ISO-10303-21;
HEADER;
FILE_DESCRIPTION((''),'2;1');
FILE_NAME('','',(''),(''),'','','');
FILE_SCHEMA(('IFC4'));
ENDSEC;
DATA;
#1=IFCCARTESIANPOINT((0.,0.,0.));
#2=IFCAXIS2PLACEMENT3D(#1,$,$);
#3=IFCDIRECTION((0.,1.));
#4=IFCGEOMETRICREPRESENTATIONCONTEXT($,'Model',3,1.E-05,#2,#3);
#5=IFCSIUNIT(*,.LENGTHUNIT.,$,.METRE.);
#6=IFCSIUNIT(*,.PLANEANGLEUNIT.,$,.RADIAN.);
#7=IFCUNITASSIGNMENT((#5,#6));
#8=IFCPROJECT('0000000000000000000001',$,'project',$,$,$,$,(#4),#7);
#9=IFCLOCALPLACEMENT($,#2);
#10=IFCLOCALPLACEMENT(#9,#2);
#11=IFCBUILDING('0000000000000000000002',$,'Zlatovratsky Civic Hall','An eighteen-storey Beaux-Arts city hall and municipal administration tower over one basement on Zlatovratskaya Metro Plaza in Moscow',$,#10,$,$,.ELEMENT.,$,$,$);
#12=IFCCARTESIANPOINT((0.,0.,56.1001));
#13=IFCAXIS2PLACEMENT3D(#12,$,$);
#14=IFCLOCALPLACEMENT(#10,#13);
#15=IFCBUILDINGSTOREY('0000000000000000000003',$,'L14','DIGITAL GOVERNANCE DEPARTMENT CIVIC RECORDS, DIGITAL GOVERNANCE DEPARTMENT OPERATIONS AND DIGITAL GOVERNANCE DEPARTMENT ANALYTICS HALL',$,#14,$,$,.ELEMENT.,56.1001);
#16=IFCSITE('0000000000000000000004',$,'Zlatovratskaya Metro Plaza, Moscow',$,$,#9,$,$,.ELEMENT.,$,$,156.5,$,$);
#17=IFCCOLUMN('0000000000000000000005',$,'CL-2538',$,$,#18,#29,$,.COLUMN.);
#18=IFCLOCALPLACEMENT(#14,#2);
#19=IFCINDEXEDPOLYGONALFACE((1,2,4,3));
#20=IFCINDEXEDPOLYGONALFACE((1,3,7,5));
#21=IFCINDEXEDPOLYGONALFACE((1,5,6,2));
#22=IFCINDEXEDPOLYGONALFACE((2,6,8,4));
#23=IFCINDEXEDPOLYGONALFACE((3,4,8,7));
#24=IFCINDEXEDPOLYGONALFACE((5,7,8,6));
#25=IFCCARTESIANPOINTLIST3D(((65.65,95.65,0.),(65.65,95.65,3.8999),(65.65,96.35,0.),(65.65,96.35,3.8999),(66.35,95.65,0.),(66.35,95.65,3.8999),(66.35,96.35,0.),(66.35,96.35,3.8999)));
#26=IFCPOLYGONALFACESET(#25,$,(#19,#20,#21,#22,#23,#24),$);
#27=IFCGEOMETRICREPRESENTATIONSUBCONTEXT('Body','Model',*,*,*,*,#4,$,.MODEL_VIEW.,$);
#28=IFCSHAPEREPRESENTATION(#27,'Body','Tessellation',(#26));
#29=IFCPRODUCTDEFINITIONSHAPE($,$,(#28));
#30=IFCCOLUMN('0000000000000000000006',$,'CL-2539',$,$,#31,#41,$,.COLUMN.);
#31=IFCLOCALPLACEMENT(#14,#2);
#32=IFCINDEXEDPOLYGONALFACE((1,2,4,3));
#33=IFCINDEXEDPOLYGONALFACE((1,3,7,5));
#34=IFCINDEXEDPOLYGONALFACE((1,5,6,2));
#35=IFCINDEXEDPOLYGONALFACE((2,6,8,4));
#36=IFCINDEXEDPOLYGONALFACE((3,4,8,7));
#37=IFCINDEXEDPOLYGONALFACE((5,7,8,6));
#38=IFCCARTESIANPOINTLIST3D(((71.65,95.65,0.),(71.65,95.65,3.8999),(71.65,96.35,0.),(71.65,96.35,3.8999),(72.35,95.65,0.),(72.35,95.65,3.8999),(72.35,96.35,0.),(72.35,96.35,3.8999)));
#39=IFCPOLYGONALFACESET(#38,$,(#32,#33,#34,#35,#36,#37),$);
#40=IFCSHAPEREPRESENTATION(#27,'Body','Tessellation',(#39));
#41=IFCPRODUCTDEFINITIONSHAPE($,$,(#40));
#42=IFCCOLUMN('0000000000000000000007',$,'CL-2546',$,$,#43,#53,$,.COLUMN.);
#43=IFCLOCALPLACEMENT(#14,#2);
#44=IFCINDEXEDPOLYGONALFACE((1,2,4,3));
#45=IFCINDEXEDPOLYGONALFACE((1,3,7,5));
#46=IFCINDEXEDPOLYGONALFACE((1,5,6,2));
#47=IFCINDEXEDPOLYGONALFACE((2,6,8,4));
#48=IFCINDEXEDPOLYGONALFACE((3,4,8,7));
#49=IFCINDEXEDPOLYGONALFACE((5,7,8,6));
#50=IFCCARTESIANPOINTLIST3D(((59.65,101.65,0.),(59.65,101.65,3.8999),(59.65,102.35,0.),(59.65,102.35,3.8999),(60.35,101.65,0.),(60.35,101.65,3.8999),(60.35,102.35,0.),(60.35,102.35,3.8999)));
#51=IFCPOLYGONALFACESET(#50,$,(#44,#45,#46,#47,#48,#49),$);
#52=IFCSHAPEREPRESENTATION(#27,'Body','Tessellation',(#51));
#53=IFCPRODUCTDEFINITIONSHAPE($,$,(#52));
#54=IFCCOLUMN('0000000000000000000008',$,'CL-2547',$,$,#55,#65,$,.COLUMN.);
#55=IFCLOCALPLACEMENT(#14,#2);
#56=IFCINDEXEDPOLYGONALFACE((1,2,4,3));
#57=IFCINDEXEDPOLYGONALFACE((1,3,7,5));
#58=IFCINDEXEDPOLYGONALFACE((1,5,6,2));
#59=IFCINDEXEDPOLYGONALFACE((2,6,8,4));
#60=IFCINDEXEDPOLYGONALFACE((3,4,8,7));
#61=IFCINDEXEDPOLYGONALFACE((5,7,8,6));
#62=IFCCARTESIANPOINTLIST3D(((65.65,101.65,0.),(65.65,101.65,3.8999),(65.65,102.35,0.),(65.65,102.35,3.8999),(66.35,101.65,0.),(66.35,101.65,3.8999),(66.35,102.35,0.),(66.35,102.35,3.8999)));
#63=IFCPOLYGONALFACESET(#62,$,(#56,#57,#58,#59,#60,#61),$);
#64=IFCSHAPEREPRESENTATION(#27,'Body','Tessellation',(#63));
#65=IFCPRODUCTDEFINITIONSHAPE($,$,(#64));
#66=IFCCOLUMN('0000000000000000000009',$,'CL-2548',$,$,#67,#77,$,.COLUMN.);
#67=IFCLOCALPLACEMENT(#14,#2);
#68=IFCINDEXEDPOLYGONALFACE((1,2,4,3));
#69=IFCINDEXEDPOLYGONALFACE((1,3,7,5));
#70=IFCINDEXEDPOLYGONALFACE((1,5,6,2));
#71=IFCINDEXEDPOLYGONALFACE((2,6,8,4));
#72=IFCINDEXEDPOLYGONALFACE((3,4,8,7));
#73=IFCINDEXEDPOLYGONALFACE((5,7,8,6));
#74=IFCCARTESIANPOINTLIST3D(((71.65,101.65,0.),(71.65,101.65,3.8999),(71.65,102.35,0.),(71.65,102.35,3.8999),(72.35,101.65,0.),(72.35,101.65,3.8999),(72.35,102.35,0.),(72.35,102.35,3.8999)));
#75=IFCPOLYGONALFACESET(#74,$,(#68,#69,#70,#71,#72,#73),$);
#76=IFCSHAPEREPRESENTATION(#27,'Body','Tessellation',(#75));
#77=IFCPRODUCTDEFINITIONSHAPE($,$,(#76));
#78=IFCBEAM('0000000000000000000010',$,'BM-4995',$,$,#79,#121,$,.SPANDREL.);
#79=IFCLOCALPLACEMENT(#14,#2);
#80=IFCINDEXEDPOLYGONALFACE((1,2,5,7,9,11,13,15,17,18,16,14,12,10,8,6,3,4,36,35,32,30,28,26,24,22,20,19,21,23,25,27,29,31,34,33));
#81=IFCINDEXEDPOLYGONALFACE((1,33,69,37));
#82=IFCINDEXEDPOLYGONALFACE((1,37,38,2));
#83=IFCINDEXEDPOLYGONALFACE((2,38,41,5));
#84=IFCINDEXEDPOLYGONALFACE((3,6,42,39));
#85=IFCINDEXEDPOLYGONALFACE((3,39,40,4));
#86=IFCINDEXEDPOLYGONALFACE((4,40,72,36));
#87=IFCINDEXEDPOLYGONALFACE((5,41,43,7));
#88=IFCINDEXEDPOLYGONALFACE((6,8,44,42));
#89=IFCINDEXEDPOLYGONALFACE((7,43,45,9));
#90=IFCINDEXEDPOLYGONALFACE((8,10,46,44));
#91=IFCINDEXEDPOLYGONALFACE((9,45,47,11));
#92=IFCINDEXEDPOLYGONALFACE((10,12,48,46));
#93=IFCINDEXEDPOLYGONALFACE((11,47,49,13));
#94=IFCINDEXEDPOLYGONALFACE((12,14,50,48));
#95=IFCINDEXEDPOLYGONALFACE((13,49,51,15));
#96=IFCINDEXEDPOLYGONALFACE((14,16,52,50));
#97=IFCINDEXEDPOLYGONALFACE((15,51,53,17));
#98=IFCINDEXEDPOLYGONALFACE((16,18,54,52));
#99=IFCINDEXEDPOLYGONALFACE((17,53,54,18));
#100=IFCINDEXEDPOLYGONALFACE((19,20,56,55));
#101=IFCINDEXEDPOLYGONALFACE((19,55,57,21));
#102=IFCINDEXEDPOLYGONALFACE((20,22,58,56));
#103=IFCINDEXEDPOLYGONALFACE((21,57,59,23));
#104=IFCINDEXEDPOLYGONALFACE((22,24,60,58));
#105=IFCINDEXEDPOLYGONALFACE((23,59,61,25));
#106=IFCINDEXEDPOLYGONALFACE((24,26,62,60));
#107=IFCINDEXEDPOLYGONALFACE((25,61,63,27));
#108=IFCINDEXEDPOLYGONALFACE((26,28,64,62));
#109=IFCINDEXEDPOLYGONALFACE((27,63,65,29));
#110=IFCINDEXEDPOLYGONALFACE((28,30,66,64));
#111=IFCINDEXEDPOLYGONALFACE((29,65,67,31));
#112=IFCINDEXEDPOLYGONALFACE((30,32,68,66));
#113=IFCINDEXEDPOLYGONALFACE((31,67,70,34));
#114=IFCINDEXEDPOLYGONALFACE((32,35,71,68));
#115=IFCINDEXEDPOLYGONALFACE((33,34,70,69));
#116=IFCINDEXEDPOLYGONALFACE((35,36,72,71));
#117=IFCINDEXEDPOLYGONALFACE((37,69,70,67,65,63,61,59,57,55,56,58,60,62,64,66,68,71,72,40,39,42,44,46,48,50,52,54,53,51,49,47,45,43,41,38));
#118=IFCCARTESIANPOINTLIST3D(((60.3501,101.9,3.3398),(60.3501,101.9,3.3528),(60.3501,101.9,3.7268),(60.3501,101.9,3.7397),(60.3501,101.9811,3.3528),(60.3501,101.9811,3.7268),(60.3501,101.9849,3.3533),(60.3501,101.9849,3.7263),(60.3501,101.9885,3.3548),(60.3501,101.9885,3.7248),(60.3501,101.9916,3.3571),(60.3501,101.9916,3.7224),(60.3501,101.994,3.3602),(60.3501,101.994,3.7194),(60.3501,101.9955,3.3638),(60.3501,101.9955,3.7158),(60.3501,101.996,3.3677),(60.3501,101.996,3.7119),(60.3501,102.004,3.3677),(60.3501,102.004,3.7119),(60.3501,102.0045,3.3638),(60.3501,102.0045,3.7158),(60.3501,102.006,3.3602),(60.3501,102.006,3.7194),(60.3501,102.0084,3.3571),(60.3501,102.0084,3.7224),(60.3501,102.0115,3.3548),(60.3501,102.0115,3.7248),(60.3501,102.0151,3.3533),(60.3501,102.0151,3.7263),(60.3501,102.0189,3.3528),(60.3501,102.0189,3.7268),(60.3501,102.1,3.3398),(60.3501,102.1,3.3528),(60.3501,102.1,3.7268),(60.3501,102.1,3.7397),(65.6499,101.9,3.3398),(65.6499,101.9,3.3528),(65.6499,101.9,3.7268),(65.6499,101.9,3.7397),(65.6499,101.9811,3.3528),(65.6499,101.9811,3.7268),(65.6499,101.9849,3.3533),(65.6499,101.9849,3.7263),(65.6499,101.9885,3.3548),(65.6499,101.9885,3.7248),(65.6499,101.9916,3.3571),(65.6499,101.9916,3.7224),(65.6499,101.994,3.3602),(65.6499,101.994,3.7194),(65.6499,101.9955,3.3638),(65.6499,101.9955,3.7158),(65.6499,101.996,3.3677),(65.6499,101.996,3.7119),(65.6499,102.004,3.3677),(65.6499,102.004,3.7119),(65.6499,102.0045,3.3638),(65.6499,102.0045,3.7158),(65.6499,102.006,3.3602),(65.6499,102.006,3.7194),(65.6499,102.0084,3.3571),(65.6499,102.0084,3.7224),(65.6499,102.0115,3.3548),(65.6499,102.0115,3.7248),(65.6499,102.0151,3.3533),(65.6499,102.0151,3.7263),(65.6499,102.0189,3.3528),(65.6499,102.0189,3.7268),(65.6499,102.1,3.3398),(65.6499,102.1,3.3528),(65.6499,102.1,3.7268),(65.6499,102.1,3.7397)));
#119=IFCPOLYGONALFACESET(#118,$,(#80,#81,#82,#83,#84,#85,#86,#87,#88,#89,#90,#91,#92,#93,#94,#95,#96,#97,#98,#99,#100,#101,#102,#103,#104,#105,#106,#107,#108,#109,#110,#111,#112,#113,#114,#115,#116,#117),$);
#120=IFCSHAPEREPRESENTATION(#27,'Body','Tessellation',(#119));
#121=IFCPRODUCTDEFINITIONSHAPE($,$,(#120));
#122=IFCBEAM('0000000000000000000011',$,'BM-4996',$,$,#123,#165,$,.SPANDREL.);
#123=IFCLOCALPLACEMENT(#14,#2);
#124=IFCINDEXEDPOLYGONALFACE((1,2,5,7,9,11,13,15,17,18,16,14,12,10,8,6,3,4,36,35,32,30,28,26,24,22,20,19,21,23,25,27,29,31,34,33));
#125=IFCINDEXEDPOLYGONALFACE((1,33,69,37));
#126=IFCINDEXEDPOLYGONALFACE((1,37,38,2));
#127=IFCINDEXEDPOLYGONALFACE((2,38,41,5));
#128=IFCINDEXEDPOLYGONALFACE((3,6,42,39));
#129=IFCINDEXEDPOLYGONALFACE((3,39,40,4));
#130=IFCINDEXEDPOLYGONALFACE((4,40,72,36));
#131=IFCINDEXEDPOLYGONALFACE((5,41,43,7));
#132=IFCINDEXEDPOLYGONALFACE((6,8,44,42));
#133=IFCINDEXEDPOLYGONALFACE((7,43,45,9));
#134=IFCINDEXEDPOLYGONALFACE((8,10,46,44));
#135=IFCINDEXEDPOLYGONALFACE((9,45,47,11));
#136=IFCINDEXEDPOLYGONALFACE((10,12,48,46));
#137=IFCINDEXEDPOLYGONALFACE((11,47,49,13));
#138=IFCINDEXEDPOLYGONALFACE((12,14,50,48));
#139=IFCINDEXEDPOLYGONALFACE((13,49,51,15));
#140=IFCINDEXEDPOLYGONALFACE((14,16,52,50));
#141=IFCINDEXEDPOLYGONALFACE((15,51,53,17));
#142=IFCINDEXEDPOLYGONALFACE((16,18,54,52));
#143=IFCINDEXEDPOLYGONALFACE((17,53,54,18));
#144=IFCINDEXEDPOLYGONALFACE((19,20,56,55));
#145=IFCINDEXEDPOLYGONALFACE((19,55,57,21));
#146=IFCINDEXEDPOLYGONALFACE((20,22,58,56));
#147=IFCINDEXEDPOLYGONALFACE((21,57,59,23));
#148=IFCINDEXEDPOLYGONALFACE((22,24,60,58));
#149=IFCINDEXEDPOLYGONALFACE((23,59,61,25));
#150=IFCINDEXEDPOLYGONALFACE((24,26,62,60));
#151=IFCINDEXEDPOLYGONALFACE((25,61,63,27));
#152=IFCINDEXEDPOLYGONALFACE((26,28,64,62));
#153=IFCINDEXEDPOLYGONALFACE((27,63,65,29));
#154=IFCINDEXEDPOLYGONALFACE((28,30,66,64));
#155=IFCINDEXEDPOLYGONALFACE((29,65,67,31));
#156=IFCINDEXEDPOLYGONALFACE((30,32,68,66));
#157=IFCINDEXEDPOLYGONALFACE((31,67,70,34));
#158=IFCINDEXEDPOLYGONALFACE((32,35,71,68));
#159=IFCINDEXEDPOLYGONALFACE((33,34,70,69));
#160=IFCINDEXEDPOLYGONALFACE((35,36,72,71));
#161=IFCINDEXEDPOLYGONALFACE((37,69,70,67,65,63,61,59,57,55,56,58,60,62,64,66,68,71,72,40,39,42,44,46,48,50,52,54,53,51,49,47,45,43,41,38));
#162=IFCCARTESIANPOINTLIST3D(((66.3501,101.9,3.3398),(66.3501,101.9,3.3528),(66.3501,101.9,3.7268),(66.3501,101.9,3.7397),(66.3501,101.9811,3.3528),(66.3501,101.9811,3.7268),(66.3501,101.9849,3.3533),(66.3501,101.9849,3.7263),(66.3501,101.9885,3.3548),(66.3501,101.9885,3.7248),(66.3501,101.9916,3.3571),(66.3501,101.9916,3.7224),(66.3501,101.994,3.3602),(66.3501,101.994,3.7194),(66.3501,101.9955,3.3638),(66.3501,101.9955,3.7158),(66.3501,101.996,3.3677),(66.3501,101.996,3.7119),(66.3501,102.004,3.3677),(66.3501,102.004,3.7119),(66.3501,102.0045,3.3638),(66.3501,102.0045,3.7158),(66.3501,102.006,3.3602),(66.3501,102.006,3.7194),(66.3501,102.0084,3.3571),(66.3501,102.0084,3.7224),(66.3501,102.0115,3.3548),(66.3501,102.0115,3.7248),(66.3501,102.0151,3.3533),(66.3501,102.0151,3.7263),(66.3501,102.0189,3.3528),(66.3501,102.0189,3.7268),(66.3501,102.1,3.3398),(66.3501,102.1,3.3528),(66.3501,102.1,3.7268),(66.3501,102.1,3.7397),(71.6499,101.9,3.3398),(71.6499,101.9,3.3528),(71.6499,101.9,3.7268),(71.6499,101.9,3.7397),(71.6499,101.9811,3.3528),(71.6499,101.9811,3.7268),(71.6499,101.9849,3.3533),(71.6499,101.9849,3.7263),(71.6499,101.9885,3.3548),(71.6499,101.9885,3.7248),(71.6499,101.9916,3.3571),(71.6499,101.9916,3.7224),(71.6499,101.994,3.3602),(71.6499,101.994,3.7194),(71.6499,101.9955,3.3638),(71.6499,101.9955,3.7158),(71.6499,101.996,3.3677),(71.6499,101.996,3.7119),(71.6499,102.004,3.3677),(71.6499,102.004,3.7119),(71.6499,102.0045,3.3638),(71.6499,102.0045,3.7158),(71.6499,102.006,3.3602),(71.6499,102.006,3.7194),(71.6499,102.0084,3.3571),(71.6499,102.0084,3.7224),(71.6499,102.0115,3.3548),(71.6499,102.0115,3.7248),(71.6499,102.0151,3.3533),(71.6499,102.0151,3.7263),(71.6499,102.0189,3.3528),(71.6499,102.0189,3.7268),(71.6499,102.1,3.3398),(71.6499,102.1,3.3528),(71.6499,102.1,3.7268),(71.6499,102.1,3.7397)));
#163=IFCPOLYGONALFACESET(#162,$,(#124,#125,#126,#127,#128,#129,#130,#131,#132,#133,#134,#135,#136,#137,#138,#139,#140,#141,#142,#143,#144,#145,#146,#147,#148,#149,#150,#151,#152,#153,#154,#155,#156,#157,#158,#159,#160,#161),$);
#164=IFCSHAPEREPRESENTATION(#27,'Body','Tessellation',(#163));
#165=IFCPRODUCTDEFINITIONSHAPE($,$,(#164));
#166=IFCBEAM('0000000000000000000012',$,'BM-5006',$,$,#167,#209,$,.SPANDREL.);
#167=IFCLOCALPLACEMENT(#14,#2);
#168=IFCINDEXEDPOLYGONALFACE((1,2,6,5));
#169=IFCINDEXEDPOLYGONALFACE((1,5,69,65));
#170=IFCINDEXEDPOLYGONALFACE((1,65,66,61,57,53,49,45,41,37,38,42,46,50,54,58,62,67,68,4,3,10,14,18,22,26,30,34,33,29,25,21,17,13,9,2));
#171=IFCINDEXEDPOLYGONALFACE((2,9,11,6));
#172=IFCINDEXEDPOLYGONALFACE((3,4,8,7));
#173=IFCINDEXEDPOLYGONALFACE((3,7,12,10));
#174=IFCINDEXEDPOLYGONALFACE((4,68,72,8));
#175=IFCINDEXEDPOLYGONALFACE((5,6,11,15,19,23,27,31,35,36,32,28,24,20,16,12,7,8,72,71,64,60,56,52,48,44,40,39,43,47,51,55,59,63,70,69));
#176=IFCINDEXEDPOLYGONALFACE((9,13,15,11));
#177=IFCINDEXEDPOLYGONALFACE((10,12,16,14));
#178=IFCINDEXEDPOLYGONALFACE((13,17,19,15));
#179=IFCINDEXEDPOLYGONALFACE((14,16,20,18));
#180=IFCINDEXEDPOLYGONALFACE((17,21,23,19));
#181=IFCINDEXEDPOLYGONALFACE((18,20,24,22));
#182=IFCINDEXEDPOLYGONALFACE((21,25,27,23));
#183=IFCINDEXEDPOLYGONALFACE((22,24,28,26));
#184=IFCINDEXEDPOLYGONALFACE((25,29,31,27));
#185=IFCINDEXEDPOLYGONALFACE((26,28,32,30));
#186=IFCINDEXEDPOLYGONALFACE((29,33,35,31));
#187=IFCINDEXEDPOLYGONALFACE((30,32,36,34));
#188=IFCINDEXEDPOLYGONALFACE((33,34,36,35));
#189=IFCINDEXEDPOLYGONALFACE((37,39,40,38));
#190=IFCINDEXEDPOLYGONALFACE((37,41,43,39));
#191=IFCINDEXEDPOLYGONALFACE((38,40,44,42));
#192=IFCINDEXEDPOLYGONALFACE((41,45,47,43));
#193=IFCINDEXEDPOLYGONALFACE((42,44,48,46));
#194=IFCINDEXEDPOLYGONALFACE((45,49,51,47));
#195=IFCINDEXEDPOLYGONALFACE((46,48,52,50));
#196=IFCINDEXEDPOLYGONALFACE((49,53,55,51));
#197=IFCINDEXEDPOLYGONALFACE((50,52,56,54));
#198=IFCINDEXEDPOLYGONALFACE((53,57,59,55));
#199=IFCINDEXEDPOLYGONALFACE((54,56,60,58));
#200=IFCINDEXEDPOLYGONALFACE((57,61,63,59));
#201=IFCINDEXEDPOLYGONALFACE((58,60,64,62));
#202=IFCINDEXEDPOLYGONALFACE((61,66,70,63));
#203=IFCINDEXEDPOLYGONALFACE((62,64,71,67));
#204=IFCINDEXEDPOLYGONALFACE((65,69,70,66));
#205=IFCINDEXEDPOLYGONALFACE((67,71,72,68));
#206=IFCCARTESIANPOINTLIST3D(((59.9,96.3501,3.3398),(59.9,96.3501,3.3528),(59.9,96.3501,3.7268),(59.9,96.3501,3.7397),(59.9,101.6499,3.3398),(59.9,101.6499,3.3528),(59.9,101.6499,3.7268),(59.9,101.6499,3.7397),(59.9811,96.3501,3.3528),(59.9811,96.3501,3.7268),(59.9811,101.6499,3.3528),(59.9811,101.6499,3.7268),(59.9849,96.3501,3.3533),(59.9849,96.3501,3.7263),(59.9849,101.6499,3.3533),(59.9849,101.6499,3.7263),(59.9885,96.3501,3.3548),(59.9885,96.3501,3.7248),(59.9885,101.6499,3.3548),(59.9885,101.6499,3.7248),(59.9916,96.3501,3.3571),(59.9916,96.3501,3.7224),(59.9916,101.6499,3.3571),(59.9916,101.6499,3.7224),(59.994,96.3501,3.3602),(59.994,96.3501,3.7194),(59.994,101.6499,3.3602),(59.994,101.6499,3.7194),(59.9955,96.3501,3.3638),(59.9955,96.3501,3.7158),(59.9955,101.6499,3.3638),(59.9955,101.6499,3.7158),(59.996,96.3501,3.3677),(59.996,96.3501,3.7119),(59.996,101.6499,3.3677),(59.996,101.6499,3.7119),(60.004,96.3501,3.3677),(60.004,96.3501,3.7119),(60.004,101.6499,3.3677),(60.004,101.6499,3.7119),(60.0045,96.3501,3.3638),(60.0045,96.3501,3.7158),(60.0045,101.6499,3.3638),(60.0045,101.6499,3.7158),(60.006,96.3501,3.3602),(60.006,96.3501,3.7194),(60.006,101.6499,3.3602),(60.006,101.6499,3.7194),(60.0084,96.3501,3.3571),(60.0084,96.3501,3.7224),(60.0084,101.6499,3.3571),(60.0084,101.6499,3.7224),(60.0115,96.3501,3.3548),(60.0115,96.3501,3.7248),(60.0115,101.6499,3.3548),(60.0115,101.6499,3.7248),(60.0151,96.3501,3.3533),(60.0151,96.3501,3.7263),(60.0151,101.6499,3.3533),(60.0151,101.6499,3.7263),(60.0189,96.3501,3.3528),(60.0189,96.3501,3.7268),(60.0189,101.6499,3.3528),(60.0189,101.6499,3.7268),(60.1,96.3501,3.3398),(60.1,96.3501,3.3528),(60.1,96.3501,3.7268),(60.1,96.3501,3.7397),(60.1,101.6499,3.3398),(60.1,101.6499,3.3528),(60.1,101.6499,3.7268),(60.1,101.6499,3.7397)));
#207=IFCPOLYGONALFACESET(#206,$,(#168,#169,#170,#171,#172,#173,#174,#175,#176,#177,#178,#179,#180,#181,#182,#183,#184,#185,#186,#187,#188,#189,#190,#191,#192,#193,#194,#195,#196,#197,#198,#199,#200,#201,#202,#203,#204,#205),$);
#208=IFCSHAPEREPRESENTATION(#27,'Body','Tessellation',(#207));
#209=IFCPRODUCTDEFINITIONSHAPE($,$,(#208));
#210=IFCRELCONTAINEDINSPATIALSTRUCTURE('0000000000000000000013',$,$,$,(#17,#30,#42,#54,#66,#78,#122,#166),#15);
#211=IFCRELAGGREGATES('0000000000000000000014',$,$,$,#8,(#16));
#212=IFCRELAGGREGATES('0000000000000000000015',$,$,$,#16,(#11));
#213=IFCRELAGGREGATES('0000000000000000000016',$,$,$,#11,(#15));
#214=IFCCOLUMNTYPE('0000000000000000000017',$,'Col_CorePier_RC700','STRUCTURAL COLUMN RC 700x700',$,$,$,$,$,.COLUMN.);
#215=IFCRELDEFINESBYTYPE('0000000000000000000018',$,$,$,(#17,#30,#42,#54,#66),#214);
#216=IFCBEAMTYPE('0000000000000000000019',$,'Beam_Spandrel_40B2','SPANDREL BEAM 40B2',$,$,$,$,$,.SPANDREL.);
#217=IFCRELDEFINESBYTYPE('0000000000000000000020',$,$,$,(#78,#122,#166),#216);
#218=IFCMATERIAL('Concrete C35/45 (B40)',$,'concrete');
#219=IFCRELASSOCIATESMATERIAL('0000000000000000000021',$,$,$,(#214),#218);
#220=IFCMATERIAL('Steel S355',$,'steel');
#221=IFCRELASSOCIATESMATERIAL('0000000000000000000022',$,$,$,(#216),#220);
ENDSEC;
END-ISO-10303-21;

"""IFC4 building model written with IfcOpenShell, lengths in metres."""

from ifc_helpers import new_model, si_unit, direction, frame, origin, origin_2d, place, context, subcontext, project, spatial, rectangle, i_section, extrude, material, material_profile, profile_set, type_object, element, save


model = new_model("IFC4")

# Units and contexts
model_context = context("Model", 3, precision=1e-05, world=origin(), true_north=direction((0.0, 1.0)))
body_context = subcontext(model_context, "Body", "Model", "MODEL_VIEW")
ifc_project = project(units=[si_unit("LENGTHUNIT", "METRE"), si_unit("PLANEANGLEUNIT", "RADIAN")], contexts=[model_context])

# Site, building, storey
site_placement = place(None, origin())
site = spatial("IfcSite", under=ifc_project, at=site_placement, Name="Zlatovratskaya Metro Plaza, Moscow", CompositionType="ELEMENT", RefElevation=156.5)
building_placement = place(site_placement, origin())
building = spatial("IfcBuilding", under=site, at=building_placement, Name="Zlatovratsky Civic Hall", Description="An eighteen-storey Beaux-Arts city hall and municipal administration tower over one basement on Zlatovratskaya Metro Plaza in Moscow", CompositionType="ELEMENT")
storey_placement = place(building_placement, frame((0.0, 0.0, 56.1001)))
storey = spatial("IfcBuildingStorey", under=building, at=storey_placement, Name="L14", Description="DIGITAL GOVERNANCE DEPARTMENT CIVIC RECORDS, DIGITAL GOVERNANCE DEPARTMENT OPERATIONS AND DIGITAL GOVERNANCE DEPARTMENT ANALYTICS HALL", CompositionType="ELEMENT", Elevation=56.1001)

# Columns
ifc_material_1 = material(Name="Concrete C35/45 (B40)", Category="concrete")
ifc_material_profile_1 = material_profile(ifc_material_1, rectangle(XDim=0.7, YDim=0.7, at=origin_2d()), Name="RC 700x700")
ifc_profile_set_1 = profile_set([ifc_material_profile_1], Name="Concrete C35/45 (B40)")
column_type = type_object("IfcColumnType", Name="Col_CorePier_RC700", Description="STRUCTURAL COLUMN RC 700x700", PredefinedType="COLUMN", material=ifc_profile_set_1)
for number, where, z_axis, x_axis, name in (
    (1, (66.0, 96.0, 0.0), (0.0, 0.0, 1.0), (1.0, 0.0, 0.0), "CL-2538"),
    (2, (72.0, 96.0, 0.0), (0.0, 0.0, 1.0), (1.0, 0.0, 0.0), "CL-2539"),
    (3, (60.0, 102.0, 0.0), (0.0, 0.0, 1.0), (1.0, 0.0, 0.0), "CL-2546"),
    (4, (66.0, 102.0, 0.0), (0.0, 0.0, 1.0), (1.0, 0.0, 0.0), "CL-2547"),
    (5, (72.0, 102.0, 0.0), (0.0, 0.0, 1.0), (1.0, 0.0, 0.0), "CL-2548"),
):
    element("IfcColumn", number, at=place(storey_placement, frame(where, z_axis=z_axis, x_axis=x_axis)), inside=storey, type_object=column_type, Name=name, PredefinedType="COLUMN", context=body_context, shape_type="SweptSolid", body=[
        extrude(rectangle(XDim=0.7, YDim=0.7, at=origin_2d()), origin(), (0.0, 0.0, 1.0), 3.8999),
    ])

# Beams
ifc_material_2 = material(Name="Steel S355", Category="steel")
ifc_material_profile_2 = material_profile(ifc_material_2, i_section(OverallWidth=0.2, OverallDepth=0.3999, WebThickness=0.0081, FlangeThickness=0.0129, FilletRadius=0.0149, at=origin_2d()), Name="40B2")
ifc_profile_set_2 = profile_set([ifc_material_profile_2], Name="Steel S355")
beam_type_1 = type_object("IfcBeamType", Name="Beam_Spandrel_40B2", Description="SPANDREL BEAM 40B2", PredefinedType="SPANDREL", material=ifc_profile_set_2)
for number, where, z_axis, x_axis, name in (
    (6, (60.3501, 102.0, 3.5398), (1.0, 0.0, 0.0), (0.0, 1.0, 0.0), "BM-4995"),
    (7, (66.3501, 102.0, 3.5398), (1.0, 0.0, 0.0), (0.0, 1.0, 0.0), "BM-4996"),
    (8, (60.0, 96.3501, 3.5398), (0.0, 1.0, 0.0), (-1.0, 0.0, 0.0), "BM-5006"),
):
    element("IfcBeam", number, at=place(storey_placement, frame(where, z_axis=z_axis, x_axis=x_axis)), inside=storey, type_object=beam_type_1, Name=name, PredefinedType="SPANDREL", context=body_context, shape_type="SweptSolid", body=[
        extrude(i_section(OverallWidth=0.2, OverallDepth=0.3999, WebThickness=0.0081, FlangeThickness=0.0129, FilletRadius=0.0149, at=origin_2d()), origin(), (0.0, 0.0, 1.0), 5.2998),
    ])

save(model, "model.ifc")
